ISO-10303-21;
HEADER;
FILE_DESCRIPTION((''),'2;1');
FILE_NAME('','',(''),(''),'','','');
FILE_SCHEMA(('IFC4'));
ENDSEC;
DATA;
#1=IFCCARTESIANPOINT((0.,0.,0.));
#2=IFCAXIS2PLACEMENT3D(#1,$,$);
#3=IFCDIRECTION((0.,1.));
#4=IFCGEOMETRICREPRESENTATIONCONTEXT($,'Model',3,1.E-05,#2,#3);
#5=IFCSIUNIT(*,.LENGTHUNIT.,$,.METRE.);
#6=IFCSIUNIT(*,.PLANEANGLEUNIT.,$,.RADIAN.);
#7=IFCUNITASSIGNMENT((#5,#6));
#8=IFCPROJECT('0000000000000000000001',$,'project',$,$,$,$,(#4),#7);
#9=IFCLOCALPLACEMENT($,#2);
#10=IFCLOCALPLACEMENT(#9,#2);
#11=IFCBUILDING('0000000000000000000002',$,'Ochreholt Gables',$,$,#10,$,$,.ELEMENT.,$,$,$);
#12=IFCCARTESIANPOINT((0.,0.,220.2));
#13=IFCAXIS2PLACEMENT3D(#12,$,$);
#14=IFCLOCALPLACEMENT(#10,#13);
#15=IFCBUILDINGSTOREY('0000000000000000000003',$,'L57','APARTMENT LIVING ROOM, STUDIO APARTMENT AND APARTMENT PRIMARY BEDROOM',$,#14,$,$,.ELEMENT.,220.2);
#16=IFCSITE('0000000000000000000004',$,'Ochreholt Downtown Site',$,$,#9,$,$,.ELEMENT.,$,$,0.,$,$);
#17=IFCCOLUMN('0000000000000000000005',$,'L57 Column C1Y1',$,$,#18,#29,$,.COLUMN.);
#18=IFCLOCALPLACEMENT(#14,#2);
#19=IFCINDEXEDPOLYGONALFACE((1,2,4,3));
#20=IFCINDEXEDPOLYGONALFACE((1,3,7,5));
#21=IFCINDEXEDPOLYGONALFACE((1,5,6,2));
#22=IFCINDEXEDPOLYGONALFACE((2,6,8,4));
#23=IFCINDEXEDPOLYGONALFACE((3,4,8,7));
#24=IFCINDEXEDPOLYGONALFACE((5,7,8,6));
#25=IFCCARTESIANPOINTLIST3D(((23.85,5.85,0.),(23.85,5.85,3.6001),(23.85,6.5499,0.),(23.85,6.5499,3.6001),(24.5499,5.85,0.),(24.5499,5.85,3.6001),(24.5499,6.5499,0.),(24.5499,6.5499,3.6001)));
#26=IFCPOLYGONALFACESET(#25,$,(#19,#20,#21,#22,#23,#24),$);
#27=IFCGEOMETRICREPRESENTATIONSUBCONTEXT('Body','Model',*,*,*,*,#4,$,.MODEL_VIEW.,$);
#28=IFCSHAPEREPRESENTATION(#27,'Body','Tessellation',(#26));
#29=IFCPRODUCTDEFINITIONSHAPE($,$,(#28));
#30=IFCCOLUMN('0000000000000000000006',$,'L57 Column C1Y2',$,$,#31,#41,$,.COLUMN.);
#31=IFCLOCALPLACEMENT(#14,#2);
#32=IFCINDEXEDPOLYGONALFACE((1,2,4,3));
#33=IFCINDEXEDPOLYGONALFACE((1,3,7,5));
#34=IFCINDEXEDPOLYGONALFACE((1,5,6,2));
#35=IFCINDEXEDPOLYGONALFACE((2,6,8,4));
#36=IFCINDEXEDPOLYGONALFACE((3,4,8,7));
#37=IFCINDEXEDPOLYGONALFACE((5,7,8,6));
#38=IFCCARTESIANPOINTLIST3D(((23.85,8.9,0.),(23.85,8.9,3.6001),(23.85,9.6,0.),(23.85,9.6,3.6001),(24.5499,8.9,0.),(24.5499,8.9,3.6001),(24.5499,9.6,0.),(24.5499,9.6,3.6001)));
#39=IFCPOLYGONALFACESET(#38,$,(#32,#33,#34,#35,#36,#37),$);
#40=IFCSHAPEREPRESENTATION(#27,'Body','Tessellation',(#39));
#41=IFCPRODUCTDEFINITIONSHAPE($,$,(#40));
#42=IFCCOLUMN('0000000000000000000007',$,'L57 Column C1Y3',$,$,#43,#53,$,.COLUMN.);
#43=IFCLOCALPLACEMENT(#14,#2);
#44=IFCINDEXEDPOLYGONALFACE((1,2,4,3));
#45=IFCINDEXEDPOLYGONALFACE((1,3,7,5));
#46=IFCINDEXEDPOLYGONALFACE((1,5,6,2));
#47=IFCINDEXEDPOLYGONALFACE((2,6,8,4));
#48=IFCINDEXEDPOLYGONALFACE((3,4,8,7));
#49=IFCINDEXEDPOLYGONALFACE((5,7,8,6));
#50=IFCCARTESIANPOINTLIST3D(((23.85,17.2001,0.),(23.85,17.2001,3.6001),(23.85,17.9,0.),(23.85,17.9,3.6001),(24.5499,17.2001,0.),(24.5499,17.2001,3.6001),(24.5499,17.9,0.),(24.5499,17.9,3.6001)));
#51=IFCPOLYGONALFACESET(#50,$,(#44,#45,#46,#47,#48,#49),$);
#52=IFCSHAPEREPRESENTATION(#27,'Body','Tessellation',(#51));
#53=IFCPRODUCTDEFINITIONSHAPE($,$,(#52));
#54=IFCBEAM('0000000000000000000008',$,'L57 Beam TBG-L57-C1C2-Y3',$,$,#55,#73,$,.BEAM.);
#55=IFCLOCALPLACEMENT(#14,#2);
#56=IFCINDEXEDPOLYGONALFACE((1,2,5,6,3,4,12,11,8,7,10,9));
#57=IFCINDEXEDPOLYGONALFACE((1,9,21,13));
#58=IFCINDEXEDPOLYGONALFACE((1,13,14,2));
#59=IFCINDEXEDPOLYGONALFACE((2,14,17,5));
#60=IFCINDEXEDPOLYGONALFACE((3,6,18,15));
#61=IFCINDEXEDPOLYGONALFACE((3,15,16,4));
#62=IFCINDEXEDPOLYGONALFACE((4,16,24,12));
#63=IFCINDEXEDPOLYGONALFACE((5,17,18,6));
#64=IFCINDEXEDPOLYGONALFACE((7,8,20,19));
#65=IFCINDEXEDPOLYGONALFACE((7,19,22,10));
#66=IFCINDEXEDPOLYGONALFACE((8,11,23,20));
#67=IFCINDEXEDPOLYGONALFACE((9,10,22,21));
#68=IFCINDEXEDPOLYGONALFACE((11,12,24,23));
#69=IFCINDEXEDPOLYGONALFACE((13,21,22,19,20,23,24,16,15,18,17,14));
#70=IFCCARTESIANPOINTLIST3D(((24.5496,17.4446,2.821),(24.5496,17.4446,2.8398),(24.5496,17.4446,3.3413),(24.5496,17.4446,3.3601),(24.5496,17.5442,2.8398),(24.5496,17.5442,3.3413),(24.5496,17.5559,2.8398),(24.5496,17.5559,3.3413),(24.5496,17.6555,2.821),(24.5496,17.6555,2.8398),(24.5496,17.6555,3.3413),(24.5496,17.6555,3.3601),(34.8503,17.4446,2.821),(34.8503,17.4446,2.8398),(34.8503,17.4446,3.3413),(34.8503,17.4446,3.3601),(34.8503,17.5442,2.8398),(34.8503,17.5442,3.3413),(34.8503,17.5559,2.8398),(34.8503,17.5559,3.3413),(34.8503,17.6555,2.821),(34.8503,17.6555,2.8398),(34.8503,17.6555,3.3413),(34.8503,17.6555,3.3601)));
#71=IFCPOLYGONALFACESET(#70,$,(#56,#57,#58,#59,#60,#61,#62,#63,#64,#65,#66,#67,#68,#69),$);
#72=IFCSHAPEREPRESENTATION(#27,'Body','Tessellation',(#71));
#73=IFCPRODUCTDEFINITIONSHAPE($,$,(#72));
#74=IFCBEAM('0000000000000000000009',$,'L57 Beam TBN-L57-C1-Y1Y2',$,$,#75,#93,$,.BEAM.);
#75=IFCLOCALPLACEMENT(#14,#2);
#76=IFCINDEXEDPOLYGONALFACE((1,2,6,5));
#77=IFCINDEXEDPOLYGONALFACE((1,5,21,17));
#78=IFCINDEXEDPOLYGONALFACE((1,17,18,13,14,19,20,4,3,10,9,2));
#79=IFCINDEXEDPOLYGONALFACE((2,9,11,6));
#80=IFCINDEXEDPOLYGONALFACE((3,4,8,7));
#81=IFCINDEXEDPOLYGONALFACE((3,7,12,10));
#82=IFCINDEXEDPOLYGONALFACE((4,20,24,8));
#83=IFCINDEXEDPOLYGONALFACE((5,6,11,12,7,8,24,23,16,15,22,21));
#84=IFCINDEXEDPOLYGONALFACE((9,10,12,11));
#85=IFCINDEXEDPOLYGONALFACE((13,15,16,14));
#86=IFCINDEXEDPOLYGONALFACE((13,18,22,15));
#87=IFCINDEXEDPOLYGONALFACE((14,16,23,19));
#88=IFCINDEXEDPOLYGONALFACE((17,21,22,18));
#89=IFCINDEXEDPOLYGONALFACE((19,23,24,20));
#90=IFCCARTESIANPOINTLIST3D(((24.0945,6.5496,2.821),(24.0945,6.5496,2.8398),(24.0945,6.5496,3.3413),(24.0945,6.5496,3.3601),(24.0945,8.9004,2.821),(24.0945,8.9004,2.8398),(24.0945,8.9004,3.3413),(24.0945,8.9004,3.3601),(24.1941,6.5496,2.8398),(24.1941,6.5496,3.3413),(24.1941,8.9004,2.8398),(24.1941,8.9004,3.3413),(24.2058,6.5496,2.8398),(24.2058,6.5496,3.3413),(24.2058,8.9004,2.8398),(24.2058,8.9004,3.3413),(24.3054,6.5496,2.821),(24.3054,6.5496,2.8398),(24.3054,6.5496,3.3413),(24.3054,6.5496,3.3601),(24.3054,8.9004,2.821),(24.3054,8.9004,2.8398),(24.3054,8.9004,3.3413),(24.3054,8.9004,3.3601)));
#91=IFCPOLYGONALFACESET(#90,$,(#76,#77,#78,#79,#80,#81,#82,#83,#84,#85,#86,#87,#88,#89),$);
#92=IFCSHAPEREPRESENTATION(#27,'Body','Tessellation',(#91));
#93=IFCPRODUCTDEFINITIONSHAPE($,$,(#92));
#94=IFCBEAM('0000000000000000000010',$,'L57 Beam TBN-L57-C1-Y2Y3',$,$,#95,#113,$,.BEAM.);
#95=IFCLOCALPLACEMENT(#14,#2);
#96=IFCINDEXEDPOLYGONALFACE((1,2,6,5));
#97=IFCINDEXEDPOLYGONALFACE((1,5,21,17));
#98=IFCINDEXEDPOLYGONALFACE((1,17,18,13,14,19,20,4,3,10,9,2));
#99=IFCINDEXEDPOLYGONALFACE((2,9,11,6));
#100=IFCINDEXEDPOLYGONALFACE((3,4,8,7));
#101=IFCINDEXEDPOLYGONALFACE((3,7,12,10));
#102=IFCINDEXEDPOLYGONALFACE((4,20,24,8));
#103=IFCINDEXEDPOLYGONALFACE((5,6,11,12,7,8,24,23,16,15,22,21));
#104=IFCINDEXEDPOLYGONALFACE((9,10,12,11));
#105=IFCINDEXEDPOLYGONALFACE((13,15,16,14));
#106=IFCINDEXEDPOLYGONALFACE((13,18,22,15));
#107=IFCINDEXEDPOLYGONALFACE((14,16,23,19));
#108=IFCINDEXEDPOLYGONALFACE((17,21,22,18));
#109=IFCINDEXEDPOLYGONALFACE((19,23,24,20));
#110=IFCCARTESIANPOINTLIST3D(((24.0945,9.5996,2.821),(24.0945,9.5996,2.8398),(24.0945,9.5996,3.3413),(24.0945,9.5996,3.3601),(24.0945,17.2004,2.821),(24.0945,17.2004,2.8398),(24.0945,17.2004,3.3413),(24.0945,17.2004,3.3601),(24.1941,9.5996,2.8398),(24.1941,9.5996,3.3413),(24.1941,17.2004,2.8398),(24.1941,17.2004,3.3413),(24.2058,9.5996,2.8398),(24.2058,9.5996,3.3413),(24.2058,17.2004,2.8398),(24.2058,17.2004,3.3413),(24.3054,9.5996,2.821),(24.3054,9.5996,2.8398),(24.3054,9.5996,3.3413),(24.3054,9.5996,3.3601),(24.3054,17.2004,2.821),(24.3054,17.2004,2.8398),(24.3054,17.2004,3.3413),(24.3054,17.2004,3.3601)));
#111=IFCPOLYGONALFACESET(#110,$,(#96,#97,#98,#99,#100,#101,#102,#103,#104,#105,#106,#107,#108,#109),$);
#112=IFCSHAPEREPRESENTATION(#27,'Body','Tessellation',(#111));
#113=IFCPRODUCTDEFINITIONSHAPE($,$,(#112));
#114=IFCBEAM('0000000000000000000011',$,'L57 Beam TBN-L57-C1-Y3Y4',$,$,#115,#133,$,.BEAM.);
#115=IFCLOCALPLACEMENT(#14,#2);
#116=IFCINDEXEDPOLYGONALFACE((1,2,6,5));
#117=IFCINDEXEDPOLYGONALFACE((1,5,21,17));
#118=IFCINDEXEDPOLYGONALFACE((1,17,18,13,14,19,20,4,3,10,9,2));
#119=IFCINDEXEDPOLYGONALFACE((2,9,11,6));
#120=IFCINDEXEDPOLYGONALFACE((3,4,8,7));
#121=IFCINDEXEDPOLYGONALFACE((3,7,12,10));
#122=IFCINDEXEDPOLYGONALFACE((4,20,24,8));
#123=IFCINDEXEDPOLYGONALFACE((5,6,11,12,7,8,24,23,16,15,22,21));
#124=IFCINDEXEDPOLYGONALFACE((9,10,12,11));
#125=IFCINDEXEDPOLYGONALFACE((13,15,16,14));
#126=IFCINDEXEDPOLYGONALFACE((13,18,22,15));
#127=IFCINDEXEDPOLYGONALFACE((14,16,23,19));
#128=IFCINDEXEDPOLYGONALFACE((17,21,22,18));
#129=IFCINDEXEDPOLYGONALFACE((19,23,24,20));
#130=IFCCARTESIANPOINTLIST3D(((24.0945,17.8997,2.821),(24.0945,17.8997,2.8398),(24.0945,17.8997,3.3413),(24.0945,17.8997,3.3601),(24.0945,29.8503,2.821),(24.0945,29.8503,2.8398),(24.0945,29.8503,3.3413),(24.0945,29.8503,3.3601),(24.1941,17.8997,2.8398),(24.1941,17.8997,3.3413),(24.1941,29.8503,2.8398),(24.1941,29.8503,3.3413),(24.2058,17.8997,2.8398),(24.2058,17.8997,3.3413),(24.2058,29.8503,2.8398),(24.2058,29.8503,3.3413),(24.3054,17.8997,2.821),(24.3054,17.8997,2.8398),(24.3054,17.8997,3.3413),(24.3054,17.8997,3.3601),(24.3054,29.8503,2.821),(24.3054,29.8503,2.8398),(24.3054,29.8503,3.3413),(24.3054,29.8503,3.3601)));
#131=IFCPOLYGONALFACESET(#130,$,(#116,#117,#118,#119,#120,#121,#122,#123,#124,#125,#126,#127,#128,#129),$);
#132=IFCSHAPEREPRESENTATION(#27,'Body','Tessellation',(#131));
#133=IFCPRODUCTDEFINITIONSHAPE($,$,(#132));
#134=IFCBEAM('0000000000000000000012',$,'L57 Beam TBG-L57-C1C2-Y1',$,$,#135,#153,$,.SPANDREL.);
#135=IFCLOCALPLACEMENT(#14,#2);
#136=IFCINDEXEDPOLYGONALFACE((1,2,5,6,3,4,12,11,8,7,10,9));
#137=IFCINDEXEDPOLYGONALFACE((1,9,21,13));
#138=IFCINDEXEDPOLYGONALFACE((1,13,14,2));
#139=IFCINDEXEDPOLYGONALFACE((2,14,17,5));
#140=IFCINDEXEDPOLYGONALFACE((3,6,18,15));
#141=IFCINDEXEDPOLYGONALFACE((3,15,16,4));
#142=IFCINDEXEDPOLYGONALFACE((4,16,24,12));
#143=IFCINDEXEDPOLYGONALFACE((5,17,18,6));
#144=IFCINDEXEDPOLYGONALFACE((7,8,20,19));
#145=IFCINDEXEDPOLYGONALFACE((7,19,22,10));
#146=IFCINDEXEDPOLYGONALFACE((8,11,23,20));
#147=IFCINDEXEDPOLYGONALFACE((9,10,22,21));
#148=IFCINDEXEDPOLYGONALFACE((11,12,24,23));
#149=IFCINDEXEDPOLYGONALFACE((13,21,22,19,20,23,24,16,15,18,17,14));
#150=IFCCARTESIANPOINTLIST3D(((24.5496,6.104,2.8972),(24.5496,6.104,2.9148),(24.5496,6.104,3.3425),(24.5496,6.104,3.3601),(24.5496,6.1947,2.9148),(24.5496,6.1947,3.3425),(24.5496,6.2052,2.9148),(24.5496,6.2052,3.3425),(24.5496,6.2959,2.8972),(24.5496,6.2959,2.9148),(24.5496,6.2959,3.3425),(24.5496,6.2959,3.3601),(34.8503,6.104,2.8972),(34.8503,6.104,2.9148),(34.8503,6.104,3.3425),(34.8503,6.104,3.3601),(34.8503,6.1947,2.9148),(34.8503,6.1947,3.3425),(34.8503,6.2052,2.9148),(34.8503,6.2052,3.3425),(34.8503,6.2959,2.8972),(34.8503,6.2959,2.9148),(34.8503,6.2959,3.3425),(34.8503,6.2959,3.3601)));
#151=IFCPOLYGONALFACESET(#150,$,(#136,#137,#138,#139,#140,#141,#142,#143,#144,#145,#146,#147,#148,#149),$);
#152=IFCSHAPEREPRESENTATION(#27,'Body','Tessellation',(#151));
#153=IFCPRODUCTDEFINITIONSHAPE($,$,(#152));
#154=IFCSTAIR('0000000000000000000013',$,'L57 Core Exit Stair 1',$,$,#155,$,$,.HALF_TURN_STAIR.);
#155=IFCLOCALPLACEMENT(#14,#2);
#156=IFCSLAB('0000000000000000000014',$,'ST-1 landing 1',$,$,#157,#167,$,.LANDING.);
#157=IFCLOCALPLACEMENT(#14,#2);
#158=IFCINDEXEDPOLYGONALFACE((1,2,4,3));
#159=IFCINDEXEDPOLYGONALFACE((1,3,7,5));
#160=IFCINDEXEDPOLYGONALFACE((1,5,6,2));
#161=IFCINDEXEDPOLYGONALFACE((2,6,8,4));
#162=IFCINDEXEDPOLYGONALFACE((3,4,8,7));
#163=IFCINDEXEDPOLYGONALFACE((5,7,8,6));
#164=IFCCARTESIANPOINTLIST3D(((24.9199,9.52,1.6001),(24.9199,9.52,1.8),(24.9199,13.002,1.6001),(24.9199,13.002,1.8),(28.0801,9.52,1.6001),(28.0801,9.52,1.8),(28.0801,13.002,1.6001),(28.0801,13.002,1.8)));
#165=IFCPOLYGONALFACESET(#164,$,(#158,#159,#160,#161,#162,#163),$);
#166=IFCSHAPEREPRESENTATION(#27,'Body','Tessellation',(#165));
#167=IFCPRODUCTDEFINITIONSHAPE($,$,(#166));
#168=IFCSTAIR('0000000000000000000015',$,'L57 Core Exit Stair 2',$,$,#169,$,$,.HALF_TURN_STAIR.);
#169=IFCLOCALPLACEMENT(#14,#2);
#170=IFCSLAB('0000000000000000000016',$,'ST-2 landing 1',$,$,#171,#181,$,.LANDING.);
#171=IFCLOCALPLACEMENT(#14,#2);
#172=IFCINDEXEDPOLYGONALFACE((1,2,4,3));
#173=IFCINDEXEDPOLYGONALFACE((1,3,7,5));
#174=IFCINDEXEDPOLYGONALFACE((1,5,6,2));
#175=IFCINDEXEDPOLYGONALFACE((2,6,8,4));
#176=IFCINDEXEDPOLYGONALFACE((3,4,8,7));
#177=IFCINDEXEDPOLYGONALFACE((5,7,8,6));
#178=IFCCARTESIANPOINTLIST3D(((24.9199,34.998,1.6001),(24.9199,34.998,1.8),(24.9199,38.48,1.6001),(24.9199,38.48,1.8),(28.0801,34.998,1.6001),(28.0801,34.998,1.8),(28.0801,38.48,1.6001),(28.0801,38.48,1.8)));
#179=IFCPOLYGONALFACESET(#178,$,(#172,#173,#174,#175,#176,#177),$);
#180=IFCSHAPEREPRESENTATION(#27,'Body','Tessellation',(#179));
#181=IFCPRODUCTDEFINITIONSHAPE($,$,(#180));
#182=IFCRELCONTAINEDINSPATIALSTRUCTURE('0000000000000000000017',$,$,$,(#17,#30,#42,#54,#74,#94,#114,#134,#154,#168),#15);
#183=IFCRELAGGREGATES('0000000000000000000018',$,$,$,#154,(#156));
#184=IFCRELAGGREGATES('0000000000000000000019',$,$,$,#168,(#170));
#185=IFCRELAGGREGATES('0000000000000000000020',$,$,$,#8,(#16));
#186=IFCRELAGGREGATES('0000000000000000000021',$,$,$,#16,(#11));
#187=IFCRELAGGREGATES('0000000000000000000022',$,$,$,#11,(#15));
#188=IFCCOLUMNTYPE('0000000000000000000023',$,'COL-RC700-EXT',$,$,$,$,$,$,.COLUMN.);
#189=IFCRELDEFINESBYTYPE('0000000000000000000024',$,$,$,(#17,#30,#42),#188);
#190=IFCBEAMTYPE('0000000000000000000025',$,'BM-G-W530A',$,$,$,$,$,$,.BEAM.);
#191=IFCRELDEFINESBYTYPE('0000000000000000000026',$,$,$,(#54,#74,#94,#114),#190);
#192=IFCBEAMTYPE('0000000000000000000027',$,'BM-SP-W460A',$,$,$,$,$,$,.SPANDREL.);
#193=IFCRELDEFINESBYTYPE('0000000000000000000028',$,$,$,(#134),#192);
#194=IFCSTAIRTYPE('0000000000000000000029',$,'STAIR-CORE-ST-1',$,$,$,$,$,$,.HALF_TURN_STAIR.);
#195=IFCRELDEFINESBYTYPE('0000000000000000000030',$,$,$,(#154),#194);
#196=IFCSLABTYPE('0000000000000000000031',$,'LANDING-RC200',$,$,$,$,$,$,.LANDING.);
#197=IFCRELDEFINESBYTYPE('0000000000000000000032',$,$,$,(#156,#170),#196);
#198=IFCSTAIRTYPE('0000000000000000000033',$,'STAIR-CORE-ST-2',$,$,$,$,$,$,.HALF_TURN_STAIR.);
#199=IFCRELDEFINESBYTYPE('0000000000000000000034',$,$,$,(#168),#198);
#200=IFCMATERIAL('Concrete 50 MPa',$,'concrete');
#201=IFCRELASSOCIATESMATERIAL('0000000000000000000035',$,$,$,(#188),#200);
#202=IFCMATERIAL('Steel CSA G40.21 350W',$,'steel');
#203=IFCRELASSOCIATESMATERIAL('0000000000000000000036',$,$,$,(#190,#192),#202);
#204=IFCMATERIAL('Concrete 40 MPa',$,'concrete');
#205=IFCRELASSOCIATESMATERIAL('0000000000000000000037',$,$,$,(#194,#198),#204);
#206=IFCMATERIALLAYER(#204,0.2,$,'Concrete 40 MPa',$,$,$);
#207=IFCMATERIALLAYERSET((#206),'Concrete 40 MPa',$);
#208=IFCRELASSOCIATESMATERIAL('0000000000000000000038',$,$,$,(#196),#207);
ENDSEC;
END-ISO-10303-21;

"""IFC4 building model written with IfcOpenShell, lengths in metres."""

from ifc_helpers import new_model, si_unit, direction, frame, origin, origin_2d, place, context, subcontext, project, spatial, polyline, rectangle, i_section, outline, extrude, material, layer, layer_set, material_profile, profile_set, type_object, element, aggregate, save


model = new_model("IFC4")

# Units and contexts
model_context = context("Model", 3, precision=1e-05, world=origin(), true_north=direction((0.0, 1.0)))
body_context = subcontext(model_context, "Body", "Model", "MODEL_VIEW")
ifc_project = project(units=[si_unit("LENGTHUNIT", "METRE"), si_unit("PLANEANGLEUNIT", "RADIAN")], contexts=[model_context])

# Site, building, storey
site_placement = place(None, origin())
site = spatial("IfcSite", under=ifc_project, at=site_placement, Name="Ochreholt Downtown Site", CompositionType="ELEMENT", RefElevation=0.0)
building_placement = place(site_placement, origin())
building = spatial("IfcBuilding", under=site, at=building_placement, Name="Ochreholt Gables", CompositionType="ELEMENT")
storey_placement = place(building_placement, frame((0.0, 0.0, 220.2)))
storey = spatial("IfcBuildingStorey", under=building, at=storey_placement, Name="L57", Description="APARTMENT LIVING ROOM, STUDIO APARTMENT AND APARTMENT PRIMARY BEDROOM", CompositionType="ELEMENT", Elevation=220.2)

# Columns
ifc_material_1 = material(Name="Concrete 50 MPa", Category="concrete")
ifc_material_profile_1 = material_profile(ifc_material_1, rectangle(XDim=0.7, YDim=0.7, at=origin_2d()), Name="RC700X700")
ifc_profile_set_1 = profile_set([ifc_material_profile_1], Name="Concrete 50 MPa")
column_type = type_object("IfcColumnType", Name="COL-RC700-EXT", PredefinedType="COLUMN", material=ifc_profile_set_1)
for number, where, z_axis, x_axis, name in (
    (1, (24.2, 6.2, 0.0), (0.0, 0.0, 1.0), (1.0, 0.0, 0.0), "L57 Column C1Y1"),
    (2, (24.2, 9.25, 0.0), (0.0, 0.0, 1.0), (1.0, 0.0, 0.0), "L57 Column C1Y2"),
    (3, (24.2, 17.55, 0.0), (0.0, 0.0, 1.0), (1.0, 0.0, 0.0), "L57 Column C1Y3"),
):
    element("IfcColumn", number, at=place(storey_placement, frame(where, z_axis=z_axis, x_axis=x_axis)), inside=storey, type_object=column_type, Name=name, PredefinedType="COLUMN", context=body_context, shape_type="SweptSolid", body=[
        extrude(rectangle(XDim=0.7, YDim=0.7, at=origin_2d()), origin(), (0.0, 0.0, 1.0), 3.6001),
    ])

# Beams
ifc_material_2 = material(Name="Steel CSA G40.21 350W", Category="steel")
ifc_material_profile_2 = material_profile(ifc_material_2, i_section(OverallWidth=0.2109, OverallDepth=0.5391, WebThickness=0.0117, FlangeThickness=0.0188, at=origin_2d()), Name="W530X109")
ifc_profile_set_2 = profile_set([ifc_material_profile_2], Name="Steel CSA G40.21 350W")
beam_type_1 = type_object("IfcBeamType", Name="BM-G-W530A", PredefinedType="BEAM", material=ifc_profile_set_2)
beam_1_placement = place(storey_placement, frame((24.5496, 17.55, 3.0906), z_axis=(1.0, 0.0, 0.0), x_axis=(0.0, 1.0, 0.0)))
element("IfcBeam", 4, at=beam_1_placement, inside=storey, type_object=beam_type_1, Name="L57 Beam TBG-L57-C1C2-Y3", PredefinedType="BEAM", context=body_context, shape_type="SweptSolid", body=[
    extrude(i_section(OverallWidth=0.2109, OverallDepth=0.5391, WebThickness=0.0117, FlangeThickness=0.0188, at=origin_2d()), origin(), (0.0, 0.0, 1.0), 10.3008),
])
beam_2_placement = place(storey_placement, frame((24.2, 6.5496, 3.0906), z_axis=(0.0, 1.0, 0.0), x_axis=(-1.0, 0.0, 0.0)))
element("IfcBeam", 5, at=beam_2_placement, inside=storey, type_object=beam_type_1, Name="L57 Beam TBN-L57-C1-Y1Y2", PredefinedType="BEAM", context=body_context, shape_type="SweptSolid", body=[
    extrude(i_section(OverallWidth=0.2109, OverallDepth=0.5391, WebThickness=0.0117, FlangeThickness=0.0188, at=origin_2d()), origin(), (0.0, 0.0, 1.0), 2.3508),
])
beam_3_placement = place(storey_placement, frame((24.2, 9.5996, 3.0906), z_axis=(0.0, 1.0, 0.0), x_axis=(-1.0, 0.0, 0.0)))
element("IfcBeam", 6, at=beam_3_placement, inside=storey, type_object=beam_type_1, Name="L57 Beam TBN-L57-C1-Y2Y3", PredefinedType="BEAM", context=body_context, shape_type="SweptSolid", body=[
    extrude(i_section(OverallWidth=0.2109, OverallDepth=0.5391, WebThickness=0.0117, FlangeThickness=0.0188, at=origin_2d()), origin(), (0.0, 0.0, 1.0), 7.6008),
])
beam_4_placement = place(storey_placement, frame((24.2, 17.8997, 3.0906), z_axis=(0.0, 1.0, 0.0), x_axis=(-1.0, 0.0, 0.0)))
element("IfcBeam", 7, at=beam_4_placement, inside=storey, type_object=beam_type_1, Name="L57 Beam TBN-L57-C1-Y3Y4", PredefinedType="BEAM", context=body_context, shape_type="SweptSolid", body=[
    extrude(i_section(OverallWidth=0.2109, OverallDepth=0.5391, WebThickness=0.0117, FlangeThickness=0.0188, at=origin_2d()), origin(), (0.0, 0.0, 1.0), 11.9507),
])
ifc_material_profile_3 = material_profile(ifc_material_2, i_section(OverallWidth=0.1919, OverallDepth=0.4629, WebThickness=0.0105, FlangeThickness=0.0176, at=origin_2d()), Name="W460X89")
ifc_profile_set_3 = profile_set([ifc_material_profile_3], Name="Steel CSA G40.21 350W")
beam_type_2 = type_object("IfcBeamType", Name="BM-SP-W460A", PredefinedType="SPANDREL", material=ifc_profile_set_3)
beam_5_placement = place(storey_placement, frame((24.5496, 6.2, 3.1287), z_axis=(1.0, 0.0, 0.0), x_axis=(0.0, 1.0, 0.0)))
element("IfcBeam", 8, at=beam_5_placement, inside=storey, type_object=beam_type_2, Name="L57 Beam TBG-L57-C1C2-Y1", PredefinedType="SPANDREL", context=body_context, shape_type="SweptSolid", body=[
    extrude(i_section(OverallWidth=0.1919, OverallDepth=0.4629, WebThickness=0.0105, FlangeThickness=0.0176, at=origin_2d()), origin(), (0.0, 0.0, 1.0), 10.3008),
])

# Stairs, slabs
ifc_material_3 = material(Name="Concrete 40 MPa", Category="concrete")
stair_type_1 = type_object("IfcStairType", Name="STAIR-CORE-ST-1", PredefinedType="HALF_TURN_STAIR", material=ifc_material_3)
stair_1_placement = place(storey_placement, origin())
stair_1 = element("IfcStair", 9, at=stair_1_placement, inside=storey, type_object=stair_type_1, Name="L57 Core Exit Stair 1", PredefinedType="HALF_TURN_STAIR")
ifc_layer_1 = layer(ifc_material_3, 0.2, Name="Concrete 40 MPa")
ifc_layer_set_1 = layer_set([ifc_layer_1], Name="Concrete 40 MPa")
slab_type_1 = type_object("IfcSlabType", Name="LANDING-RC200", PredefinedType="LANDING", material=ifc_layer_set_1)
slab_1_placement = place(storey_placement, frame((0.0, 0.0, 1.6001)))
slab_1 = element("IfcSlab", 10, at=slab_1_placement, type_object=slab_type_1, Name="ST-1 landing 1", PredefinedType="LANDING", context=body_context, shape_type="SweptSolid", body=[
    extrude(outline(polyline([(24.9199, 13.002), (24.9199, 9.52), (28.0801, 9.52), (28.0801, 13.002), (24.9199, 13.002)])), origin(), (0.0, 0.0, 1.0), 0.2),
])
aggregate(stair_1, [slab_1])
stair_type_2 = type_object("IfcStairType", Name="STAIR-CORE-ST-2", PredefinedType="HALF_TURN_STAIR", material=ifc_material_3)
stair_2_placement = place(storey_placement, origin())
stair_2 = element("IfcStair", 11, at=stair_2_placement, inside=storey, type_object=stair_type_2, Name="L57 Core Exit Stair 2", PredefinedType="HALF_TURN_STAIR")
slab_2_placement = place(storey_placement, frame((0.0, 0.0, 1.6001)))
slab_2 = element("IfcSlab", 12, at=slab_2_placement, type_object=slab_type_1, Name="ST-2 landing 1", PredefinedType="LANDING", context=body_context, shape_type="SweptSolid", body=[
    extrude(outline(polyline([(28.0801, 34.998), (28.0801, 38.48), (24.9199, 38.48), (24.9199, 34.998), (28.0801, 34.998)])), origin(), (0.0, 0.0, 1.0), 0.2),
])
aggregate(stair_2, [slab_2])

save(model, "model.ifc")
